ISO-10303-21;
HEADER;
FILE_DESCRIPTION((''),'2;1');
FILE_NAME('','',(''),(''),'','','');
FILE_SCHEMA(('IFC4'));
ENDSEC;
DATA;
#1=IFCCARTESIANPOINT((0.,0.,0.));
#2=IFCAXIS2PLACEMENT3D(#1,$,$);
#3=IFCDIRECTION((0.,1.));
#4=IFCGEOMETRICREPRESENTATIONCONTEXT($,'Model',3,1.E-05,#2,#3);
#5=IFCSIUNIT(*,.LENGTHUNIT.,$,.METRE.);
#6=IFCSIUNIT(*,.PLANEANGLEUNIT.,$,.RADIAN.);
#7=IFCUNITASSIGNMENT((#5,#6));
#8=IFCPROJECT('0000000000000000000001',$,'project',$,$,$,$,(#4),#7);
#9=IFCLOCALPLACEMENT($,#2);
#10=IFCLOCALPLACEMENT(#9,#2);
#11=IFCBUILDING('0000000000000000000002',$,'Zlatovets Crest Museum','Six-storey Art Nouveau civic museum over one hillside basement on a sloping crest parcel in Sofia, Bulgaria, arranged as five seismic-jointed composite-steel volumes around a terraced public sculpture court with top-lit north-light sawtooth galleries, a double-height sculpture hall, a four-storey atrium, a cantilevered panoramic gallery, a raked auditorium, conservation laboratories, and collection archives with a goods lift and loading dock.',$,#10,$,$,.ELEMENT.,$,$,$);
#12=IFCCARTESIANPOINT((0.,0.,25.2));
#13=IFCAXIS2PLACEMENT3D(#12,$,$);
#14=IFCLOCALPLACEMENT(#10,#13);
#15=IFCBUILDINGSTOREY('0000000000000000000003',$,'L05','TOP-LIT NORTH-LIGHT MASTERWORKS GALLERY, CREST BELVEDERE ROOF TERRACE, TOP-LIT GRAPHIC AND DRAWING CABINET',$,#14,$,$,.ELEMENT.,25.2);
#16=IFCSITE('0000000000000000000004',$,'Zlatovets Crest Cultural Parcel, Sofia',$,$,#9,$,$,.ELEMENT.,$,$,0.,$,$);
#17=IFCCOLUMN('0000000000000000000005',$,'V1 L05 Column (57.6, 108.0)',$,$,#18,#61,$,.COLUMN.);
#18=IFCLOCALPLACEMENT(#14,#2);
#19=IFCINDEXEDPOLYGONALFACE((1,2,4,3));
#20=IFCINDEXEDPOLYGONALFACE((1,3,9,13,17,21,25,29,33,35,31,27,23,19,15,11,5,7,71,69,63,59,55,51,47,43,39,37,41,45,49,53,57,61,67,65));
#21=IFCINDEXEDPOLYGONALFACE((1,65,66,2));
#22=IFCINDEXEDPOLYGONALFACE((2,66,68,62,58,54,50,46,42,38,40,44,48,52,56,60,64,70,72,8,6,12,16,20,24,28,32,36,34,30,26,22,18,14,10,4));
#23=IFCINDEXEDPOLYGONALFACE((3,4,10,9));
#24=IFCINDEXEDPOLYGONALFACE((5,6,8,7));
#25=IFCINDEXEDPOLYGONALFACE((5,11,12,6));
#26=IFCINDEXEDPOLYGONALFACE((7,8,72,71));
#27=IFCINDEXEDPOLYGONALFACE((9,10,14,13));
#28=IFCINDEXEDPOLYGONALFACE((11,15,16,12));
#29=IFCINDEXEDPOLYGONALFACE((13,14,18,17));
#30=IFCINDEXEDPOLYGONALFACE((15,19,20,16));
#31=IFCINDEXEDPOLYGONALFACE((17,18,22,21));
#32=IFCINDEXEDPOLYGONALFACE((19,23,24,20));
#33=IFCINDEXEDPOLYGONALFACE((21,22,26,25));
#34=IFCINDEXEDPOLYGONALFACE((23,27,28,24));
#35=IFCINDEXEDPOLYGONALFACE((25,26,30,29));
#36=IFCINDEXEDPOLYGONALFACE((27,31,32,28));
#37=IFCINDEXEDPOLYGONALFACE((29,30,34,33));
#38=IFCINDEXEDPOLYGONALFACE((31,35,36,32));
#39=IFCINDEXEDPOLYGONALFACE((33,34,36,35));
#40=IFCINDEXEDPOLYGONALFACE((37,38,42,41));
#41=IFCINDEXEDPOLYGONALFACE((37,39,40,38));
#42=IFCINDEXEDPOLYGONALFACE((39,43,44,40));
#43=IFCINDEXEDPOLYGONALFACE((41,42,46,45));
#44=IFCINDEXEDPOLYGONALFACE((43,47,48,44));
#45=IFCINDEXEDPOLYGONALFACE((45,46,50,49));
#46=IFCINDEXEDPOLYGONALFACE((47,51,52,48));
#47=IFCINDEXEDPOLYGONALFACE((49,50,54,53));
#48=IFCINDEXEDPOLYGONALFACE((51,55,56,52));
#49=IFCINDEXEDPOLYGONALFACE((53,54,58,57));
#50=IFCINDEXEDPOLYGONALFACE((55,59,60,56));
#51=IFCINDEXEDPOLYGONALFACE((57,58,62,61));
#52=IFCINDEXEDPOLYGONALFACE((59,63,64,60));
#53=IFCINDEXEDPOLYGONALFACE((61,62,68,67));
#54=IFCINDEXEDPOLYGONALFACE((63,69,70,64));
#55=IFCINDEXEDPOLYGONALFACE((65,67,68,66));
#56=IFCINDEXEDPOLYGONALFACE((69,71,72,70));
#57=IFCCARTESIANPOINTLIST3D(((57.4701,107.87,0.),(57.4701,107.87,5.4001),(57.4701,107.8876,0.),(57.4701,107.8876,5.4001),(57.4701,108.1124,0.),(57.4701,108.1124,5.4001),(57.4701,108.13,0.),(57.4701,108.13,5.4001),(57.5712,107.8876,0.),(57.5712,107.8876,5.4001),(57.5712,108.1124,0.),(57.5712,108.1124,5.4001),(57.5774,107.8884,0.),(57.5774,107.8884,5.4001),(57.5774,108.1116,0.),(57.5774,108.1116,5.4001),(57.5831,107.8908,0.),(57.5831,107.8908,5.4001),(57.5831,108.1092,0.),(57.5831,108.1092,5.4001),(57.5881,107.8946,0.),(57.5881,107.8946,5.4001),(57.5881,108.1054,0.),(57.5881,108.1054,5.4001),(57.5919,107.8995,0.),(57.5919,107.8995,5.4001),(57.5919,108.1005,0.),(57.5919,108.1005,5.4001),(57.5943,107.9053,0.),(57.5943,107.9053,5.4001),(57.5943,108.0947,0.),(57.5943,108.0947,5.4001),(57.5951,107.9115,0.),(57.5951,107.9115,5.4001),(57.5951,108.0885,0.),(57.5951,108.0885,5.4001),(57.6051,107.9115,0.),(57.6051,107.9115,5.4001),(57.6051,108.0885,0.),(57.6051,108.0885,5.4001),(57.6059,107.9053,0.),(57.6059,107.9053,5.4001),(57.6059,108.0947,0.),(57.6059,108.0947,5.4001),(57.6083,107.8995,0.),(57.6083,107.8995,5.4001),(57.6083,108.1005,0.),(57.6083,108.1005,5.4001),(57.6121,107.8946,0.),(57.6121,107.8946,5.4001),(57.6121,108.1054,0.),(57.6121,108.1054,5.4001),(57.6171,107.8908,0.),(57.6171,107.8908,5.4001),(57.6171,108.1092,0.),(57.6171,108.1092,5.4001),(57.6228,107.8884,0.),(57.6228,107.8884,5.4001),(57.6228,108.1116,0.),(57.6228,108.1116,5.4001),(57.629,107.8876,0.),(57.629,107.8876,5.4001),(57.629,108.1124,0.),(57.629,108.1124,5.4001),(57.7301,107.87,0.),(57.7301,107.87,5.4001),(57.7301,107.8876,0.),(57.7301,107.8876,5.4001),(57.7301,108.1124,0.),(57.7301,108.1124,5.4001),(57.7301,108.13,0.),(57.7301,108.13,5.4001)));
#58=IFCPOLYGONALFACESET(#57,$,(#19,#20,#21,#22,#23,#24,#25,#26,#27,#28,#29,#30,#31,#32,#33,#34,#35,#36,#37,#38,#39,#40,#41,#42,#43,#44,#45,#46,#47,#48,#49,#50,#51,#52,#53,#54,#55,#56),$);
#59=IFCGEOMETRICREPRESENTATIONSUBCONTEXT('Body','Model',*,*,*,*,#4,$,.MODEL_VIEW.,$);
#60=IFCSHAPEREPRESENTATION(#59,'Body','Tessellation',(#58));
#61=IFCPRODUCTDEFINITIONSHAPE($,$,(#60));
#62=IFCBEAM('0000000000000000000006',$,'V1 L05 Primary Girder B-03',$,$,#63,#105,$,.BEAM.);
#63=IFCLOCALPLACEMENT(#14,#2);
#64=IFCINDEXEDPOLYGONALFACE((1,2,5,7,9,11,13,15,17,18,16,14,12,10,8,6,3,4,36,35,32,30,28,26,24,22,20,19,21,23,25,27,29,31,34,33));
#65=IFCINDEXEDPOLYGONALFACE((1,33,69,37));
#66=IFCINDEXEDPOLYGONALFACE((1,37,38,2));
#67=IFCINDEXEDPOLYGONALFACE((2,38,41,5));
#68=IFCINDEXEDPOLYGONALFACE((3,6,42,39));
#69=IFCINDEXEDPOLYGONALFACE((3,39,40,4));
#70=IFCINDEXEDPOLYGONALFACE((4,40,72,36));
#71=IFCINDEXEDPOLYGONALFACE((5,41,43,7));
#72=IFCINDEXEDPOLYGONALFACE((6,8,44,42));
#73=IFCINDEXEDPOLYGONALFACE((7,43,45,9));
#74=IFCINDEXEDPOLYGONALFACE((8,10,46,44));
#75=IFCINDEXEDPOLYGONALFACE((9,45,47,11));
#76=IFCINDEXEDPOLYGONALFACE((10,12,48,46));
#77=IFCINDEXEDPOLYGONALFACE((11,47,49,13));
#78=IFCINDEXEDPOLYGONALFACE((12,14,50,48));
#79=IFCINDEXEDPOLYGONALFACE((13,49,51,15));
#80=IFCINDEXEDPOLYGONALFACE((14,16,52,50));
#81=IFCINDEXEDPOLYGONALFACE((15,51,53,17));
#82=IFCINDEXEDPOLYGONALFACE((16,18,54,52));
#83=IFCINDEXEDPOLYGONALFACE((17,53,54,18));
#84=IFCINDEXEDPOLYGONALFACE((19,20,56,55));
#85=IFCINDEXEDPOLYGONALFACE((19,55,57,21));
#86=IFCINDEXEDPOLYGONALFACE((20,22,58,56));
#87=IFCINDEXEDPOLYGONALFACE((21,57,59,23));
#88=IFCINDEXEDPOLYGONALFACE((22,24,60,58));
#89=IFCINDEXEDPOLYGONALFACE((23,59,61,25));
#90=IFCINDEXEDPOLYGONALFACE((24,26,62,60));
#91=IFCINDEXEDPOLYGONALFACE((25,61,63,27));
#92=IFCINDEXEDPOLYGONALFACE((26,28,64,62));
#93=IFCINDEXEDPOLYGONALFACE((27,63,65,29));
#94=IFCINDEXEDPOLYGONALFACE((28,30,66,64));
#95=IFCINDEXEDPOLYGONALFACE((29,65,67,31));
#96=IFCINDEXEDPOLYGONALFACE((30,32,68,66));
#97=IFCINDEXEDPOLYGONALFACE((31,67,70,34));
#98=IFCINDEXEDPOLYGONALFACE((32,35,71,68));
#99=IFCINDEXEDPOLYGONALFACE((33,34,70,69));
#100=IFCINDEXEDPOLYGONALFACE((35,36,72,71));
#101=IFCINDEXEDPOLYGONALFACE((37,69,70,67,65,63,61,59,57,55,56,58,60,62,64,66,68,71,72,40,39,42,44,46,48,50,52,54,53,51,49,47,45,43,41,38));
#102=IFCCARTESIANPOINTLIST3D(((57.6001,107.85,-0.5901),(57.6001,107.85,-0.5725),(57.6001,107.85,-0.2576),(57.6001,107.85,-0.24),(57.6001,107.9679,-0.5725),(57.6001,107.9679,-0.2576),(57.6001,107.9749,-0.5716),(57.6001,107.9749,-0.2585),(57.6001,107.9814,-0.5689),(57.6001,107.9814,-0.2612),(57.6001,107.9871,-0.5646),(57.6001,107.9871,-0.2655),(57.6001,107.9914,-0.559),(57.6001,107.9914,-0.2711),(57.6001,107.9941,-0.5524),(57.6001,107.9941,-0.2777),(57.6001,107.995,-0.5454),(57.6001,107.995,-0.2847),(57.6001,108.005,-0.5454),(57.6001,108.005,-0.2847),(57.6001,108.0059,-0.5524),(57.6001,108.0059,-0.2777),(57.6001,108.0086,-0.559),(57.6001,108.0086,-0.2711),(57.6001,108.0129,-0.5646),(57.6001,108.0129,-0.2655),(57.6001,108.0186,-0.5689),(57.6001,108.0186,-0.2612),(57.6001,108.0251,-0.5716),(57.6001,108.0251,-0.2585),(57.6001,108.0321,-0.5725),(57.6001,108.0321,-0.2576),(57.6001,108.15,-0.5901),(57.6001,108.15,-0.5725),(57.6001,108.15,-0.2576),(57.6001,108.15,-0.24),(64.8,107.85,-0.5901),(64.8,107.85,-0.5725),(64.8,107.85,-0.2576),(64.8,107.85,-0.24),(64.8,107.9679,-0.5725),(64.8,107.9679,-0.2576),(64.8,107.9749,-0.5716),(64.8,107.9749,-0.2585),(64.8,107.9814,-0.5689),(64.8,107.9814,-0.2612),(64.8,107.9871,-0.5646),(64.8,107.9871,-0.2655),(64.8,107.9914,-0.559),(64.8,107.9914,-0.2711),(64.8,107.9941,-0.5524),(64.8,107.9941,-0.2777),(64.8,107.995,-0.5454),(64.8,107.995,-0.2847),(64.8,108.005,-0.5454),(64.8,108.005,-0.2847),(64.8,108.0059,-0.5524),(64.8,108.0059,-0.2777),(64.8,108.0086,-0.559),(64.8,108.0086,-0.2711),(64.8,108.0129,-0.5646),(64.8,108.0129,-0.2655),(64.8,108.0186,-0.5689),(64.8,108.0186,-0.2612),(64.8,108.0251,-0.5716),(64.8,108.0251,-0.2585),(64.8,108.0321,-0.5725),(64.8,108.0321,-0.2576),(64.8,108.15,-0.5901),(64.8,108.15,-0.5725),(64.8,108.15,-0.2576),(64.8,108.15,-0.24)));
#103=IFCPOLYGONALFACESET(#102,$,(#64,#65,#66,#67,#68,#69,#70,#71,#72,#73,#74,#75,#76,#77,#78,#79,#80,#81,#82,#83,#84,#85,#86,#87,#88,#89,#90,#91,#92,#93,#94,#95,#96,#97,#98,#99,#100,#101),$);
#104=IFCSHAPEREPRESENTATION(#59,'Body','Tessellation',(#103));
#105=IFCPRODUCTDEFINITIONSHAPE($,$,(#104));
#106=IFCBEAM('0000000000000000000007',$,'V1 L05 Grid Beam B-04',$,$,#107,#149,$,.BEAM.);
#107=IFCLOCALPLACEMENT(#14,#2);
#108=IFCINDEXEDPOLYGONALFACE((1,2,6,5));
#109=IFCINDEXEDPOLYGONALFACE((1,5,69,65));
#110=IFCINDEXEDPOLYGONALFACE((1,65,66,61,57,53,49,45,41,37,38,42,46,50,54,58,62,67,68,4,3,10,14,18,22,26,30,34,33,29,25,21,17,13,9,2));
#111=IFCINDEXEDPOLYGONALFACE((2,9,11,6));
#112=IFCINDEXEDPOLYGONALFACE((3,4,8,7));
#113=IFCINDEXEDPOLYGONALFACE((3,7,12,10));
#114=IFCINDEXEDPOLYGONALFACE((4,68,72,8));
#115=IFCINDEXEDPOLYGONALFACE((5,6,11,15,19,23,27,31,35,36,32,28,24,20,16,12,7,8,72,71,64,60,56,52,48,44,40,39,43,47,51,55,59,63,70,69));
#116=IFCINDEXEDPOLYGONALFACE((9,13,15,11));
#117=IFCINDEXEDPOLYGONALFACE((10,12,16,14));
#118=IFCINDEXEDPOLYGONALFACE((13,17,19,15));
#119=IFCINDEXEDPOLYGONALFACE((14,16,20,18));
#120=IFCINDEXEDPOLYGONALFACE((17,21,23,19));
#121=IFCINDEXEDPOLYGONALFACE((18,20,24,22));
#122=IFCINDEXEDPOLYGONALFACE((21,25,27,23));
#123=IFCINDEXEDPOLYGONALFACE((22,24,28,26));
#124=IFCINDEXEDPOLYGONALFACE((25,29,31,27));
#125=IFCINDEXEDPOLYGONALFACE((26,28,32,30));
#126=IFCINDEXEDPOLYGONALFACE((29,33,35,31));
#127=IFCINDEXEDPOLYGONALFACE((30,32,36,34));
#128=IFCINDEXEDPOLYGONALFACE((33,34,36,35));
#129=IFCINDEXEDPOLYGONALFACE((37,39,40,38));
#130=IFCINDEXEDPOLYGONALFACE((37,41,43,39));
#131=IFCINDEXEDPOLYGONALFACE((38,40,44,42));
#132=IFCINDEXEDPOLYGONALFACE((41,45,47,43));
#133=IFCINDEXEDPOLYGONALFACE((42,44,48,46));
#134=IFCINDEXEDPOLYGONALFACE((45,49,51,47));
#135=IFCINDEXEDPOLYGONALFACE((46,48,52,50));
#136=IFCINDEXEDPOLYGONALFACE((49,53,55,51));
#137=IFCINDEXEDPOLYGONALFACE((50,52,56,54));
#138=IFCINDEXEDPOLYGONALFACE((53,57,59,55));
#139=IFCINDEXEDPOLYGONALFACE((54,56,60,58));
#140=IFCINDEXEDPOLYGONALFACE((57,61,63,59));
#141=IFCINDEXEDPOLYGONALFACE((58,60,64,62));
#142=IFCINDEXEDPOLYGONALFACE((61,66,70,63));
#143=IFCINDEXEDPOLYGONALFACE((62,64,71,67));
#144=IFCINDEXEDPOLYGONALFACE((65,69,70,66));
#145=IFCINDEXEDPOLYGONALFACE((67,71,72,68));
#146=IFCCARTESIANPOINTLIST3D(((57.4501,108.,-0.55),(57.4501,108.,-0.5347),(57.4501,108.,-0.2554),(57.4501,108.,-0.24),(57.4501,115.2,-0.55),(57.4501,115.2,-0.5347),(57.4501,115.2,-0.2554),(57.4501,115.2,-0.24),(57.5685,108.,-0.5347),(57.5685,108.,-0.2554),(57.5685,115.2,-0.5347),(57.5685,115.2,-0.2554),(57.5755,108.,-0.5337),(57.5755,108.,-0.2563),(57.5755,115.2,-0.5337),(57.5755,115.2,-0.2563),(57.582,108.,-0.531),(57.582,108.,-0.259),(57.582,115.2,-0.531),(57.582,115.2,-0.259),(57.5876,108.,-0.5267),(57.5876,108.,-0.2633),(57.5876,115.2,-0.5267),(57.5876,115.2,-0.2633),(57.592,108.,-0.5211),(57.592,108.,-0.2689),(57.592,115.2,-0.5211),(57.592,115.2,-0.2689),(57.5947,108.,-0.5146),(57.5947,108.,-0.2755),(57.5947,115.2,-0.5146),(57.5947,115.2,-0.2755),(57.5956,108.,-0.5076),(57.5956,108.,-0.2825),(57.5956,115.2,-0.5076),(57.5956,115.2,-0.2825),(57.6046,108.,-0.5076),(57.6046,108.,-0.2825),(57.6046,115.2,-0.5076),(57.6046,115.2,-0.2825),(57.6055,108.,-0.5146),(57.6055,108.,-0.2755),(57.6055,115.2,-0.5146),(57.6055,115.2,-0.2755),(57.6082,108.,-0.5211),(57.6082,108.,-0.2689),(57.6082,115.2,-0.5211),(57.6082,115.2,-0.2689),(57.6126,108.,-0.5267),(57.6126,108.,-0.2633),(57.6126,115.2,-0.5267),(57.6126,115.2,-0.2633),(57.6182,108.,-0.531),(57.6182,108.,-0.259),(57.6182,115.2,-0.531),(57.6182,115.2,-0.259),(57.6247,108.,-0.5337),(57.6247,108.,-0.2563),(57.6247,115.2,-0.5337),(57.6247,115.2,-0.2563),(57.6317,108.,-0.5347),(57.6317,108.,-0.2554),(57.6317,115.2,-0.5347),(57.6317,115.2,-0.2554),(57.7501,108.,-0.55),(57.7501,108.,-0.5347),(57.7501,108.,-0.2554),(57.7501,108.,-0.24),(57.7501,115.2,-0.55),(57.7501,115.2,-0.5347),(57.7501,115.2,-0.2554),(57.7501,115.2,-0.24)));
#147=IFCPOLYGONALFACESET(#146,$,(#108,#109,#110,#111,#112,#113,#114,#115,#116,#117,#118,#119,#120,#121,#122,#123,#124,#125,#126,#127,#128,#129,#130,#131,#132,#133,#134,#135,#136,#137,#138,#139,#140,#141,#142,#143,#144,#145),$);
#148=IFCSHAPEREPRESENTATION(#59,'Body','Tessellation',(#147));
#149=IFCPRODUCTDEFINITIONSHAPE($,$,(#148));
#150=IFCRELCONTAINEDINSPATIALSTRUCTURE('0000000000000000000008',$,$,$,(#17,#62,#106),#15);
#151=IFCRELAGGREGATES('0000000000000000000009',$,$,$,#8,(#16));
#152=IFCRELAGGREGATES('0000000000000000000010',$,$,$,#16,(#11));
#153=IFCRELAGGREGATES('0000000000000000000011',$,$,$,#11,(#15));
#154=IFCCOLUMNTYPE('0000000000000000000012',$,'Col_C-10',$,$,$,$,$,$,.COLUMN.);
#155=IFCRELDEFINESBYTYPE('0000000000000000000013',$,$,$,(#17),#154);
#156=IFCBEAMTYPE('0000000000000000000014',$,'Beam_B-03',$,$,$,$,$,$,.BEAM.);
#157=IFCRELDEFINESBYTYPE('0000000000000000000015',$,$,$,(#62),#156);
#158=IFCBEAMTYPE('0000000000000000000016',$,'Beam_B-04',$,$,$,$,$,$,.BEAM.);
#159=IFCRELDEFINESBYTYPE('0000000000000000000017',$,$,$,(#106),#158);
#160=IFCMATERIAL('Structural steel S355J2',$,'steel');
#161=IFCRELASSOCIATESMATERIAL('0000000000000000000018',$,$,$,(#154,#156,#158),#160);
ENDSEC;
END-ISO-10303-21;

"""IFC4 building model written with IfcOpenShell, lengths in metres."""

from ifc_helpers import new_model, si_unit, direction, frame, origin, origin_2d, place, context, subcontext, project, spatial, i_section, extrude, material, material_profile, profile_set, type_object, element, save


model = new_model("IFC4")

# Units and contexts
model_context = context("Model", 3, precision=1e-05, world=origin(), true_north=direction((0.0, 1.0)))
body_context = subcontext(model_context, "Body", "Model", "MODEL_VIEW")
ifc_project = project(units=[si_unit("LENGTHUNIT", "METRE"), si_unit("PLANEANGLEUNIT", "RADIAN")], contexts=[model_context])

# Site, building, storey
site_placement = place(None, origin())
site = spatial("IfcSite", under=ifc_project, at=site_placement, Name="Zlatovets Crest Cultural Parcel, Sofia", CompositionType="ELEMENT", RefElevation=0.0)
building_placement = place(site_placement, origin())
building = spatial("IfcBuilding", under=site, at=building_placement, Name="Zlatovets Crest Museum", Description="Six-storey Art Nouveau civic museum over one hillside basement on a sloping crest parcel in Sofia, Bulgaria, arranged as five seismic-jointed composite-steel volumes around a terraced public sculpture court with top-lit north-light sawtooth galleries, a double-height sculpture hall, a four-storey atrium, a cantilevered panoramic gallery, a raked auditorium, conservation laboratories, and collection archives with a goods lift and loading dock.", CompositionType="ELEMENT")
storey_placement = place(building_placement, frame((0.0, 0.0, 25.2)))
storey = spatial("IfcBuildingStorey", under=building, at=storey_placement, Name="L05", Description="TOP-LIT NORTH-LIGHT MASTERWORKS GALLERY, CREST BELVEDERE ROOF TERRACE, TOP-LIT GRAPHIC AND DRAWING CABINET", CompositionType="ELEMENT", Elevation=25.2)

# Column
ifc_material_1 = material(Name="Structural steel S355J2", Category="steel")
ifc_material_profile_1 = material_profile(ifc_material_1, i_section(OverallWidth=0.26, OverallDepth=0.26, WebThickness=0.01, FlangeThickness=0.0176, FilletRadius=0.0239, at=origin_2d()), Name="HEB 260")
ifc_profile_set_1 = profile_set([ifc_material_profile_1], Name="Structural steel S355J2")
column_type = type_object("IfcColumnType", Name="Col_C-10", PredefinedType="COLUMN", material=ifc_profile_set_1)
column_placement = place(storey_placement, frame((57.6001, 108.0, 0.0), z_axis=(0.0, 0.0, 1.0), x_axis=(1.0, 0.0, 0.0)))
element("IfcColumn", 1, at=column_placement, inside=storey, type_object=column_type, Name="V1 L05 Column (57.6, 108.0)", PredefinedType="COLUMN", context=body_context, shape_type="SweptSolid", body=[
    extrude(i_section(OverallWidth=0.26, OverallDepth=0.26, WebThickness=0.01, FlangeThickness=0.0176, FilletRadius=0.0239, at=origin_2d()), origin(), (0.0, 0.0, 1.0), 5.4001),
])

# Beams
ifc_material_profile_2 = material_profile(ifc_material_1, i_section(OverallWidth=0.3, OverallDepth=0.3501, WebThickness=0.01, FlangeThickness=0.0176, FilletRadius=0.0271, at=origin_2d()), Name="HEA 360")
ifc_profile_set_2 = profile_set([ifc_material_profile_2], Name="Structural steel S355J2")
beam_type_1 = type_object("IfcBeamType", Name="Beam_B-03", PredefinedType="BEAM", material=ifc_profile_set_2)
beam_1_placement = place(storey_placement, frame((57.6001, 108.0, -0.415), z_axis=(1.0, 0.0, 0.0), x_axis=(0.0, 1.0, 0.0)))
element("IfcBeam", 2, at=beam_1_placement, inside=storey, type_object=beam_type_1, Name="V1 L05 Primary Girder B-03", PredefinedType="BEAM", context=body_context, shape_type="SweptSolid", body=[
    extrude(i_section(OverallWidth=0.3, OverallDepth=0.3501, WebThickness=0.01, FlangeThickness=0.0176, FilletRadius=0.0271, at=origin_2d()), origin(), (0.0, 0.0, 1.0), 7.2),
])
ifc_material_profile_3 = material_profile(ifc_material_1, i_section(OverallWidth=0.3, OverallDepth=0.3101, WebThickness=0.009, FlangeThickness=0.0154, FilletRadius=0.0271, at=origin_2d()), Name="HEA 320")
ifc_profile_set_3 = profile_set([ifc_material_profile_3], Name="Structural steel S355J2")
beam_type_2 = type_object("IfcBeamType", Name="Beam_B-04", PredefinedType="BEAM", material=ifc_profile_set_3)
beam_2_placement = place(storey_placement, frame((57.6001, 108.0, -0.395), z_axis=(0.0, 1.0, 0.0), x_axis=(-1.0, 0.0, 0.0)))
element("IfcBeam", 3, at=beam_2_placement, inside=storey, type_object=beam_type_2, Name="V1 L05 Grid Beam B-04", PredefinedType="BEAM", context=body_context, shape_type="SweptSolid", body=[
    extrude(i_section(OverallWidth=0.3, OverallDepth=0.3101, WebThickness=0.009, FlangeThickness=0.0154, FilletRadius=0.0271, at=origin_2d()), origin(), (0.0, 0.0, 1.0), 7.2),
])

save(model, "model.ifc")
